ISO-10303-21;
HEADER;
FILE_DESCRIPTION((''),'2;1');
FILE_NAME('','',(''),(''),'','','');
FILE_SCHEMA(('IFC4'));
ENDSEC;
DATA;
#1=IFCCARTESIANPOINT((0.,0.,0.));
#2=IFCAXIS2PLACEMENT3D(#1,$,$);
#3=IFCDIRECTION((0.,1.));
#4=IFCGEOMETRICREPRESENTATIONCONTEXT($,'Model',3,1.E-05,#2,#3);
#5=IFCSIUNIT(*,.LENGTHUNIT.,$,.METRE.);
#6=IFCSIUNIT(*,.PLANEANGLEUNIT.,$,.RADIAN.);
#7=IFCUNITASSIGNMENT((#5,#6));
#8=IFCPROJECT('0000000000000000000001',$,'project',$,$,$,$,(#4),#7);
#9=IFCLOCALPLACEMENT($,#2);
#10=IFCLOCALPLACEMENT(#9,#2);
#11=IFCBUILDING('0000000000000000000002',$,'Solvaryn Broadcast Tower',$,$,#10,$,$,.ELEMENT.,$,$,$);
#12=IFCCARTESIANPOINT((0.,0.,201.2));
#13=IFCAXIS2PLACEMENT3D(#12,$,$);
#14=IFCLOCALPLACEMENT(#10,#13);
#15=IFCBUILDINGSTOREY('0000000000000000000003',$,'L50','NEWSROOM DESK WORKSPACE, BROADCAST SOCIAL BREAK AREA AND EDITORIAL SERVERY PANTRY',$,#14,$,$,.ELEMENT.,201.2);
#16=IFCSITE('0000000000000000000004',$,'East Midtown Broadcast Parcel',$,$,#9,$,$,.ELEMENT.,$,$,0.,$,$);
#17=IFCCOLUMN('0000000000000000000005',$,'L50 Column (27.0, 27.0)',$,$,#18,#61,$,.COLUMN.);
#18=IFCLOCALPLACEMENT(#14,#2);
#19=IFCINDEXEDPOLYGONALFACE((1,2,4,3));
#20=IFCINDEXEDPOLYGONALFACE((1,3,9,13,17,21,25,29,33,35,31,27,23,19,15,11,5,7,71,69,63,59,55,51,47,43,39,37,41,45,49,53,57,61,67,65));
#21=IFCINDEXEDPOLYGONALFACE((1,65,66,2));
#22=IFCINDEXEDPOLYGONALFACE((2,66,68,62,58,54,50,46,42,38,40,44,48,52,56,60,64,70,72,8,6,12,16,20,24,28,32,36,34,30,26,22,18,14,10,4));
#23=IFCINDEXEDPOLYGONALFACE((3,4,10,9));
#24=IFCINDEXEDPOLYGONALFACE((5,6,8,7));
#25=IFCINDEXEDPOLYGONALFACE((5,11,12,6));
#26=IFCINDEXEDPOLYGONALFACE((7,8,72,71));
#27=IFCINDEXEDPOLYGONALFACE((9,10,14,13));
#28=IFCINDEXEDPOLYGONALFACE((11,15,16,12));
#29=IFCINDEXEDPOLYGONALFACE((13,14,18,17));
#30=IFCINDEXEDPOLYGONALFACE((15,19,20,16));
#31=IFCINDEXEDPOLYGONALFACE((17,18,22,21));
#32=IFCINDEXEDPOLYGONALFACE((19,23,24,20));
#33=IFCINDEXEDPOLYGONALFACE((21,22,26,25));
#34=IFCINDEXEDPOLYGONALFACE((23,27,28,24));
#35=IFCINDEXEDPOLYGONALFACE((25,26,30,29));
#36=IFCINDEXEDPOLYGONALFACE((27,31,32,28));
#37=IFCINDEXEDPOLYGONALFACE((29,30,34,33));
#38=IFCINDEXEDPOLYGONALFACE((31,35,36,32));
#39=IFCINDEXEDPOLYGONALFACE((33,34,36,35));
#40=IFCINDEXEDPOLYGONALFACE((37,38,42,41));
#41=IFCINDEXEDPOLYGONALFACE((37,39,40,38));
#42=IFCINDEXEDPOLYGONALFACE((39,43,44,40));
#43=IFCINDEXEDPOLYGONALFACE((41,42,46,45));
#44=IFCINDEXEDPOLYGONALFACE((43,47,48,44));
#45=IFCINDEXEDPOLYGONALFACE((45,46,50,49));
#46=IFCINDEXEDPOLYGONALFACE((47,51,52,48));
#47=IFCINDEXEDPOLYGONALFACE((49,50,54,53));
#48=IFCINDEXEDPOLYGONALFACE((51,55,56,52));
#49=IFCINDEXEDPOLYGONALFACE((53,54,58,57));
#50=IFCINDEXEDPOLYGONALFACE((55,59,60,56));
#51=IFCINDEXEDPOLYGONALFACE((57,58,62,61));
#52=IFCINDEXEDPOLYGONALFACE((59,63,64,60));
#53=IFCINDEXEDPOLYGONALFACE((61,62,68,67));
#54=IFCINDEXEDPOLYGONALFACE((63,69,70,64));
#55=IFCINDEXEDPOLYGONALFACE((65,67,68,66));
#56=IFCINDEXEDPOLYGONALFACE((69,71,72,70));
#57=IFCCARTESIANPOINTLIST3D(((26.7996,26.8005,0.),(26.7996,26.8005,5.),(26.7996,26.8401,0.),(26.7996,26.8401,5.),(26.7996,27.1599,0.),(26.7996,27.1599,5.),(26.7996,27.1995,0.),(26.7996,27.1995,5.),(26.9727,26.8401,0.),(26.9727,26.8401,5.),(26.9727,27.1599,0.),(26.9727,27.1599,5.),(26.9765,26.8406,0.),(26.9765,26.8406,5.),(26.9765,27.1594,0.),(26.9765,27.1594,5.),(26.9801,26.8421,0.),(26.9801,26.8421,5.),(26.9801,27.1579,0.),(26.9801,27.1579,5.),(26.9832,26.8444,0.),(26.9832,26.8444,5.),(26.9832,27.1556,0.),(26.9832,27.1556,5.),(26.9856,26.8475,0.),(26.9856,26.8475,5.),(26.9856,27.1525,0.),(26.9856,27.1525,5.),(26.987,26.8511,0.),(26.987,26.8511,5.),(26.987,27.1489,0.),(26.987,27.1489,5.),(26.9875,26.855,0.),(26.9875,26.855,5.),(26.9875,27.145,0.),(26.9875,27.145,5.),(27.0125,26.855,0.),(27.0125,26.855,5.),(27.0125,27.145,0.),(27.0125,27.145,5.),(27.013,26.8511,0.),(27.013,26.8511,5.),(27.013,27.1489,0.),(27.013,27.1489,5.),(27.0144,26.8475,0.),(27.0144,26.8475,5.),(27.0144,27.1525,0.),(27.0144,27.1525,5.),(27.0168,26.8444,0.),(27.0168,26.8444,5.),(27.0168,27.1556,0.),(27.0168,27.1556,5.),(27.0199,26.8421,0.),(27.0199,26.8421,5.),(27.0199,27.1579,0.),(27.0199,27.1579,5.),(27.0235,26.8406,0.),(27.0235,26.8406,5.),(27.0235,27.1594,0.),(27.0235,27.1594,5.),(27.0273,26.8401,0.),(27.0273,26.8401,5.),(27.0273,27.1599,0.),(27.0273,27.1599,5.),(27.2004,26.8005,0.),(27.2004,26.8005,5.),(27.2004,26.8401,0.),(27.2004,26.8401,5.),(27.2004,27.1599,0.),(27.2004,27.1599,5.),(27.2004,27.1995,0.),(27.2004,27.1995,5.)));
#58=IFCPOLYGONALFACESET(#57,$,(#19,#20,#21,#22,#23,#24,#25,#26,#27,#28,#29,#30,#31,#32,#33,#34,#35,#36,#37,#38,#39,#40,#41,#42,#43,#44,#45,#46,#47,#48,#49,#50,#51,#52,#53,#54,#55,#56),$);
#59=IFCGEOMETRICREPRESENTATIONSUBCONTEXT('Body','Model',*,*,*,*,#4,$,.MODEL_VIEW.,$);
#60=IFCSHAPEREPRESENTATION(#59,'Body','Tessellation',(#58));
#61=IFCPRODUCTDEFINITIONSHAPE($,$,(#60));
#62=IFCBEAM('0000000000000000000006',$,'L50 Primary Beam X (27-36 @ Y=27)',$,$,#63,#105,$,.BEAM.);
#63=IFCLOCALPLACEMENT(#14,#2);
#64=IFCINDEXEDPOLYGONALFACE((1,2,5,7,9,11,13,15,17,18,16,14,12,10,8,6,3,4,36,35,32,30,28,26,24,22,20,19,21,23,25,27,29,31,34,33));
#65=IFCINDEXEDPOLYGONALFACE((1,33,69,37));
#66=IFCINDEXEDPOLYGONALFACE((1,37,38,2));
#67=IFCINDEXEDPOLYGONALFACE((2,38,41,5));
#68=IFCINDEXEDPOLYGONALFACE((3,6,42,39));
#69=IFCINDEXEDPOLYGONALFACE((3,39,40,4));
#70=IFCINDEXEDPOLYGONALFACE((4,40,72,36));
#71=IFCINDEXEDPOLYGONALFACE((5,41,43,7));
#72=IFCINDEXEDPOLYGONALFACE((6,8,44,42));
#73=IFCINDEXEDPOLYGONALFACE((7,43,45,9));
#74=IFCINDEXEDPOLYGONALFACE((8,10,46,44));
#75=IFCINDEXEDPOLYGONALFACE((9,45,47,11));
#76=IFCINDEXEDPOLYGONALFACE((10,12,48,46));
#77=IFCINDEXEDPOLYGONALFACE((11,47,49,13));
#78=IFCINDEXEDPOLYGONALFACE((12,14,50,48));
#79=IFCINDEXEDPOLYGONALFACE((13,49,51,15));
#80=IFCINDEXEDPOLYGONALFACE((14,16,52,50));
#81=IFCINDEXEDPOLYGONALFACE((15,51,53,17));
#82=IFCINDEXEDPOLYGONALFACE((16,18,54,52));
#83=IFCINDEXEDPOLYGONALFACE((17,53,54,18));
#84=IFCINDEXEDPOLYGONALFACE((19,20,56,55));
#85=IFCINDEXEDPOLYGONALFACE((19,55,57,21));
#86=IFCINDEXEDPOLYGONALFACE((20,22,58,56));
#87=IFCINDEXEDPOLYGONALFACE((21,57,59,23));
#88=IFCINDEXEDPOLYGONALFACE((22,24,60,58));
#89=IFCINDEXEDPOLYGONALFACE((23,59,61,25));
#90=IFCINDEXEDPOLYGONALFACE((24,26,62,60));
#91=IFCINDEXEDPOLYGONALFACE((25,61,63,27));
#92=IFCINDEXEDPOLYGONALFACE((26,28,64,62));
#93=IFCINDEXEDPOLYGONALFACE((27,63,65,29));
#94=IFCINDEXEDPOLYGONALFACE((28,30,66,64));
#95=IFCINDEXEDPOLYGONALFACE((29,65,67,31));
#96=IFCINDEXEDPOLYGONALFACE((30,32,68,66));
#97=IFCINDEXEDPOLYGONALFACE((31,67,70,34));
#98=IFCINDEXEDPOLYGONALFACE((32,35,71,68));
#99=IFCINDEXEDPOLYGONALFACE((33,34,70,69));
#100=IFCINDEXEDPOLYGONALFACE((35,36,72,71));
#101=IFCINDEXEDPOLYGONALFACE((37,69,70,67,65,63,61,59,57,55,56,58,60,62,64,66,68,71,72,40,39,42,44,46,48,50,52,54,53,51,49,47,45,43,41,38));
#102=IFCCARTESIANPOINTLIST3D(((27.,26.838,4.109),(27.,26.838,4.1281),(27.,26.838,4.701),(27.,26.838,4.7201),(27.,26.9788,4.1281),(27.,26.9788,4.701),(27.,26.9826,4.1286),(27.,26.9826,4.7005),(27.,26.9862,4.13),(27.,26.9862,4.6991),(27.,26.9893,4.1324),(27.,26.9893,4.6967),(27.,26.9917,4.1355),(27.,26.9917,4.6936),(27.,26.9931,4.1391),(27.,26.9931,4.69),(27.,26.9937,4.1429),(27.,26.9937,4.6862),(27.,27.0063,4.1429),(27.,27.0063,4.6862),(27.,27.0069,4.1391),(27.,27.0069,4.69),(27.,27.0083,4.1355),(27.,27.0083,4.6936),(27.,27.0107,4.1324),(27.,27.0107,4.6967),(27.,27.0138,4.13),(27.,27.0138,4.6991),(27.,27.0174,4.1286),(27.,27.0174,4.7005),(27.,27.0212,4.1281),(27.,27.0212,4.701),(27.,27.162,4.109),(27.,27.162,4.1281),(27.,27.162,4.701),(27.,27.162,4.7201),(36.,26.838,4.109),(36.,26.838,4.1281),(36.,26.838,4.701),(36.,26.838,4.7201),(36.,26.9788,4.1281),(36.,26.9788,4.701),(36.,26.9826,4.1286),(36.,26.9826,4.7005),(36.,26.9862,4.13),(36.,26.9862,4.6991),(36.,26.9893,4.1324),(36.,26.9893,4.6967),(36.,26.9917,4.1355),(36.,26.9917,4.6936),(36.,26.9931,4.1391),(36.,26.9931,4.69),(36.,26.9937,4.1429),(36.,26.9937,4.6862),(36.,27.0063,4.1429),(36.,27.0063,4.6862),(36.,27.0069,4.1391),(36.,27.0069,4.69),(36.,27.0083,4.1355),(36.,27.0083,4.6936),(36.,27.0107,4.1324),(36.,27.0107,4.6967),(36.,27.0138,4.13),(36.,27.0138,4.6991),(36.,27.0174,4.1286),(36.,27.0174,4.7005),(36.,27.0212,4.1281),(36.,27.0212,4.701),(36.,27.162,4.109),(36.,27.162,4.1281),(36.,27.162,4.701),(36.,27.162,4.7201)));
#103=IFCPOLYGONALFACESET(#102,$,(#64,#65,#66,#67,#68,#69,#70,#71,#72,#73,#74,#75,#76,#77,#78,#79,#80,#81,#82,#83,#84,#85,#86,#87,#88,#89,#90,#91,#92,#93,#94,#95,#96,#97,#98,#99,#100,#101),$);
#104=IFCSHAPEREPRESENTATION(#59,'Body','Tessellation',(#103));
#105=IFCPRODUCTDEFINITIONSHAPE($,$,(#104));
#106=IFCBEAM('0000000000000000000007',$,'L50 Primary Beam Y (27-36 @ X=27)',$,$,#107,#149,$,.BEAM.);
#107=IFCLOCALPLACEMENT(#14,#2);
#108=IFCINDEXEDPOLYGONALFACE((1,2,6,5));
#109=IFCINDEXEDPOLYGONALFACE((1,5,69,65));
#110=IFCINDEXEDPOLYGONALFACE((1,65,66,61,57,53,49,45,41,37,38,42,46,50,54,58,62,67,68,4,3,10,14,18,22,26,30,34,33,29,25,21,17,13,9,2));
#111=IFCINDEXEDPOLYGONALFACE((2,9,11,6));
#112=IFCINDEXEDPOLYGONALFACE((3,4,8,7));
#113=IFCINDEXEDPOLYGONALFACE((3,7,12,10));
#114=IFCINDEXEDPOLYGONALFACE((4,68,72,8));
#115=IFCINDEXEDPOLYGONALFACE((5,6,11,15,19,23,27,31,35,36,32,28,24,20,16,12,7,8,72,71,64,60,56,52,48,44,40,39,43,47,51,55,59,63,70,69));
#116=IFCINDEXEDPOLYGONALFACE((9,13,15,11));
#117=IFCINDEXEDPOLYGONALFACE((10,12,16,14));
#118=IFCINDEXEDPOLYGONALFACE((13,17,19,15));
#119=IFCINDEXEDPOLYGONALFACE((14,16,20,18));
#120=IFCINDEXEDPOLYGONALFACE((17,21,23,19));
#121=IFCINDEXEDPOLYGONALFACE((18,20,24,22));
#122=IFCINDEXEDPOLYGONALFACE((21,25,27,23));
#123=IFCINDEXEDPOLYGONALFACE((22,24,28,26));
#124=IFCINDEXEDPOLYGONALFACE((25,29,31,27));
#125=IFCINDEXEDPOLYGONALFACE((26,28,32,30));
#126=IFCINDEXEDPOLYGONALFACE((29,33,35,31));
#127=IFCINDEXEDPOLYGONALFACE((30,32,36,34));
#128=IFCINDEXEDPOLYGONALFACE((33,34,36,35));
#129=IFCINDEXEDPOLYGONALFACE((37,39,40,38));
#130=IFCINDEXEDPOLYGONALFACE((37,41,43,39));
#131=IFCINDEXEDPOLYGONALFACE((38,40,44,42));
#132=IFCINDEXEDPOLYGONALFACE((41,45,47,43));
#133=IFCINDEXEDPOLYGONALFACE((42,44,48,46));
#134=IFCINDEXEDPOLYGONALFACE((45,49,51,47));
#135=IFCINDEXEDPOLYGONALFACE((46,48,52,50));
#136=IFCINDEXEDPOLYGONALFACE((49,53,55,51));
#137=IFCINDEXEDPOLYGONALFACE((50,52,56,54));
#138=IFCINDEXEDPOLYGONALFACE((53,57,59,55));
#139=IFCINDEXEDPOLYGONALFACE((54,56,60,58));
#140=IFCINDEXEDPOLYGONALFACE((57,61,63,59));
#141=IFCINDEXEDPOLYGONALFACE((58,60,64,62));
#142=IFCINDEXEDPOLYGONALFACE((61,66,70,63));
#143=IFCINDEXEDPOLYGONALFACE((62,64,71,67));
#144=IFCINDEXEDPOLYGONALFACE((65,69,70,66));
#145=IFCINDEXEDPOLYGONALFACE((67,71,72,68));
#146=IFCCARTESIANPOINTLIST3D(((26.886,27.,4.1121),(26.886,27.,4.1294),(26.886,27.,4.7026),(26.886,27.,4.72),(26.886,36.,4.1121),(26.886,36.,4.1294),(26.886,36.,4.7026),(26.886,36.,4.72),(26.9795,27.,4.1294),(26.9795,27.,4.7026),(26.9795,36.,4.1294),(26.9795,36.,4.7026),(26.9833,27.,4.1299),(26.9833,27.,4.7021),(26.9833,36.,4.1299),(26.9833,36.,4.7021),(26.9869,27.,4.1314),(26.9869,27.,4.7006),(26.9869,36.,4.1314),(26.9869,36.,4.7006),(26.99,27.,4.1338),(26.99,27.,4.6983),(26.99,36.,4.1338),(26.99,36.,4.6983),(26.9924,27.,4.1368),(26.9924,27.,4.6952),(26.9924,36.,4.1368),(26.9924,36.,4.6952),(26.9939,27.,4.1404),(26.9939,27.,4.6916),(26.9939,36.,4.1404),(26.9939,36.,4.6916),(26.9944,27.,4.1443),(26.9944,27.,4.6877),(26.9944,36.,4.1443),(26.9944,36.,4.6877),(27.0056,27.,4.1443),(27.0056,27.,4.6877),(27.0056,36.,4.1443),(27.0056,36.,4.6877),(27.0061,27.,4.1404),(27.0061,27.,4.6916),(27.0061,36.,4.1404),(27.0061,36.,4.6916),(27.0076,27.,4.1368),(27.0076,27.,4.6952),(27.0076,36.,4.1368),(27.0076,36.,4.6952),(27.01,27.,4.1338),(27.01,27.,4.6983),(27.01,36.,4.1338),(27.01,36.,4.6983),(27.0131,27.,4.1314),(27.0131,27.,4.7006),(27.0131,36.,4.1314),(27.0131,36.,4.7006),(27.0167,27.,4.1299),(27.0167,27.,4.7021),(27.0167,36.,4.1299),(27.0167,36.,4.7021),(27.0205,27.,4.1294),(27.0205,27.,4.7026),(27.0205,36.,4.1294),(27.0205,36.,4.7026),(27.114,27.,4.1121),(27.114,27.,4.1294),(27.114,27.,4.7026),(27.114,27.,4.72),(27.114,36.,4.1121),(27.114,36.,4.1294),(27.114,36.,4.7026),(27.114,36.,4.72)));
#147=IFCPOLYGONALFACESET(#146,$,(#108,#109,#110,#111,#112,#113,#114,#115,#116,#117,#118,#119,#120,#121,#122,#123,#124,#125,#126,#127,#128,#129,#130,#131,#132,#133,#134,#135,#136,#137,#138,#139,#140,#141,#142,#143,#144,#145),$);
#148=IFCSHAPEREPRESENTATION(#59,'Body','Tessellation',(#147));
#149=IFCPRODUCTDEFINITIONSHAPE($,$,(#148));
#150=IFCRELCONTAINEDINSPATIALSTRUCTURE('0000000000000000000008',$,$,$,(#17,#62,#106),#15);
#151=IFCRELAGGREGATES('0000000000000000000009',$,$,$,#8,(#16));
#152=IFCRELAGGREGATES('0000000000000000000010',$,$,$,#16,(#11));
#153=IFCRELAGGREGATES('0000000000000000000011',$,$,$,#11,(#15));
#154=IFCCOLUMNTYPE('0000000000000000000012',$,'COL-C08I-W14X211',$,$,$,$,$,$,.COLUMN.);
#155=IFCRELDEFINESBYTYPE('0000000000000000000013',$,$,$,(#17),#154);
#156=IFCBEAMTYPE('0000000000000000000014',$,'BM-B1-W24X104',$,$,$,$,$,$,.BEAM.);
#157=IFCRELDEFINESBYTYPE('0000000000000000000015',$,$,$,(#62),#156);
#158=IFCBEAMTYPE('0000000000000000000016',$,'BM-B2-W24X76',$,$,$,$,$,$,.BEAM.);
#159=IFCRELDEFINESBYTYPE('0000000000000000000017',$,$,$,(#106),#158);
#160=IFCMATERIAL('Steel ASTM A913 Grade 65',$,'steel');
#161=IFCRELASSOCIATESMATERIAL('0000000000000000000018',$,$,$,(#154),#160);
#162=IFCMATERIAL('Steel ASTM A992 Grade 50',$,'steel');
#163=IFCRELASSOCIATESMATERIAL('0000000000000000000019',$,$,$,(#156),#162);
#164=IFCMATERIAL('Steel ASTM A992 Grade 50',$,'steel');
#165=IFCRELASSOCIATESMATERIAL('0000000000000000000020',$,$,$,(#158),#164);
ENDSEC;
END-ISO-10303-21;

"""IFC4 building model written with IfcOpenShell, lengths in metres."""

from ifc_helpers import new_model, si_unit, direction, frame, origin, origin_2d, place, context, subcontext, project, spatial, i_section, extrude, material, material_profile, profile_set, type_object, element, save


model = new_model("IFC4")

# Units and contexts
model_context = context("Model", 3, precision=1e-05, world=origin(), true_north=direction((0.0, 1.0)))
body_context = subcontext(model_context, "Body", "Model", "MODEL_VIEW")
ifc_project = project(units=[si_unit("LENGTHUNIT", "METRE"), si_unit("PLANEANGLEUNIT", "RADIAN")], contexts=[model_context])

# Site, building, storey
site_placement = place(None, origin())
site = spatial("IfcSite", under=ifc_project, at=site_placement, Name="East Midtown Broadcast Parcel", CompositionType="ELEMENT", RefElevation=0.0)
building_placement = place(site_placement, origin())
building = spatial("IfcBuilding", under=site, at=building_placement, Name="Solvaryn Broadcast Tower", CompositionType="ELEMENT")
storey_placement = place(building_placement, frame((0.0, 0.0, 201.2)))
storey = spatial("IfcBuildingStorey", under=building, at=storey_placement, Name="L50", Description="NEWSROOM DESK WORKSPACE, BROADCAST SOCIAL BREAK AREA AND EDITORIAL SERVERY PANTRY", CompositionType="ELEMENT", Elevation=201.2)

# Column
ifc_material_1 = material(Name="Steel ASTM A913 Grade 65", Category="steel")
ifc_material_profile_1 = material_profile(ifc_material_1, i_section(OverallWidth=0.4009, OverallDepth=0.3989, WebThickness=0.0249, FlangeThickness=0.0396, FilletRadius=0.0149, at=origin_2d()))
ifc_profile_set_1 = profile_set([ifc_material_profile_1], Name="Steel ASTM A913 Grade 65")
column_type = type_object("IfcColumnType", Name="COL-C08I-W14X211", PredefinedType="COLUMN", material=ifc_profile_set_1)
column_placement = place(storey_placement, frame((27.0, 27.0, 0.0), z_axis=(0.0, 0.0, 1.0), x_axis=(1.0, 0.0, 0.0)))
element("IfcColumn", 1, at=column_placement, inside=storey, type_object=column_type, Name="L50 Column (27.0, 27.0)", PredefinedType="COLUMN", context=body_context, shape_type="SweptSolid", body=[
    extrude(i_section(OverallWidth=0.4009, OverallDepth=0.3989, WebThickness=0.0249, FlangeThickness=0.0396, FilletRadius=0.0149, at=origin_2d()), origin(), (0.0, 0.0, 1.0), 5.0),
])

# Beams
ifc_material_2 = material(Name="Steel ASTM A992 Grade 50", Category="steel")
ifc_material_profile_2 = material_profile(ifc_material_2, i_section(OverallWidth=0.324, OverallDepth=0.6111, WebThickness=0.0127, FlangeThickness=0.019, FilletRadius=0.0149, at=origin_2d()))
ifc_profile_set_2 = profile_set([ifc_material_profile_2], Name="Steel ASTM A992 Grade 50")
beam_type_1 = type_object("IfcBeamType", Name="BM-B1-W24X104", PredefinedType="BEAM", material=ifc_profile_set_2)
beam_1_placement = place(storey_placement, frame((27.0, 27.0, 4.4146), z_axis=(1.0, 0.0, 0.0), x_axis=(0.0, 1.0, 0.0)))
element("IfcBeam", 2, at=beam_1_placement, inside=storey, type_object=beam_type_1, Name="L50 Primary Beam X (27-36 @ Y=27)", PredefinedType="BEAM", context=body_context, shape_type="SweptSolid", body=[
    extrude(i_section(OverallWidth=0.324, OverallDepth=0.6111, WebThickness=0.0127, FlangeThickness=0.019, FilletRadius=0.0149, at=origin_2d()), origin(), (0.0, 0.0, 1.0), 9.0),
])
ifc_material_3 = material(Name="Steel ASTM A992 Grade 50", Category="steel")
ifc_material_profile_3 = material_profile(ifc_material_3, i_section(OverallWidth=0.228, OverallDepth=0.6079, WebThickness=0.0112, FlangeThickness=0.0173, FilletRadius=0.0149, at=origin_2d()))
ifc_profile_set_3 = profile_set([ifc_material_profile_3], Name="Steel ASTM A992 Grade 50")
beam_type_2 = type_object("IfcBeamType", Name="BM-B2-W24X76", PredefinedType="BEAM", material=ifc_profile_set_3)
beam_2_placement = place(storey_placement, frame((27.0, 27.0, 4.416), z_axis=(0.0, 1.0, 0.0), x_axis=(-1.0, 0.0, 0.0)))
element("IfcBeam", 3, at=beam_2_placement, inside=storey, type_object=beam_type_2, Name="L50 Primary Beam Y (27-36 @ X=27)", PredefinedType="BEAM", context=body_context, shape_type="SweptSolid", body=[
    extrude(i_section(OverallWidth=0.228, OverallDepth=0.6079, WebThickness=0.0112, FlangeThickness=0.0173, FilletRadius=0.0149, at=origin_2d()), origin(), (0.0, 0.0, 1.0), 9.0),
])

save(model, "model.ifc")
